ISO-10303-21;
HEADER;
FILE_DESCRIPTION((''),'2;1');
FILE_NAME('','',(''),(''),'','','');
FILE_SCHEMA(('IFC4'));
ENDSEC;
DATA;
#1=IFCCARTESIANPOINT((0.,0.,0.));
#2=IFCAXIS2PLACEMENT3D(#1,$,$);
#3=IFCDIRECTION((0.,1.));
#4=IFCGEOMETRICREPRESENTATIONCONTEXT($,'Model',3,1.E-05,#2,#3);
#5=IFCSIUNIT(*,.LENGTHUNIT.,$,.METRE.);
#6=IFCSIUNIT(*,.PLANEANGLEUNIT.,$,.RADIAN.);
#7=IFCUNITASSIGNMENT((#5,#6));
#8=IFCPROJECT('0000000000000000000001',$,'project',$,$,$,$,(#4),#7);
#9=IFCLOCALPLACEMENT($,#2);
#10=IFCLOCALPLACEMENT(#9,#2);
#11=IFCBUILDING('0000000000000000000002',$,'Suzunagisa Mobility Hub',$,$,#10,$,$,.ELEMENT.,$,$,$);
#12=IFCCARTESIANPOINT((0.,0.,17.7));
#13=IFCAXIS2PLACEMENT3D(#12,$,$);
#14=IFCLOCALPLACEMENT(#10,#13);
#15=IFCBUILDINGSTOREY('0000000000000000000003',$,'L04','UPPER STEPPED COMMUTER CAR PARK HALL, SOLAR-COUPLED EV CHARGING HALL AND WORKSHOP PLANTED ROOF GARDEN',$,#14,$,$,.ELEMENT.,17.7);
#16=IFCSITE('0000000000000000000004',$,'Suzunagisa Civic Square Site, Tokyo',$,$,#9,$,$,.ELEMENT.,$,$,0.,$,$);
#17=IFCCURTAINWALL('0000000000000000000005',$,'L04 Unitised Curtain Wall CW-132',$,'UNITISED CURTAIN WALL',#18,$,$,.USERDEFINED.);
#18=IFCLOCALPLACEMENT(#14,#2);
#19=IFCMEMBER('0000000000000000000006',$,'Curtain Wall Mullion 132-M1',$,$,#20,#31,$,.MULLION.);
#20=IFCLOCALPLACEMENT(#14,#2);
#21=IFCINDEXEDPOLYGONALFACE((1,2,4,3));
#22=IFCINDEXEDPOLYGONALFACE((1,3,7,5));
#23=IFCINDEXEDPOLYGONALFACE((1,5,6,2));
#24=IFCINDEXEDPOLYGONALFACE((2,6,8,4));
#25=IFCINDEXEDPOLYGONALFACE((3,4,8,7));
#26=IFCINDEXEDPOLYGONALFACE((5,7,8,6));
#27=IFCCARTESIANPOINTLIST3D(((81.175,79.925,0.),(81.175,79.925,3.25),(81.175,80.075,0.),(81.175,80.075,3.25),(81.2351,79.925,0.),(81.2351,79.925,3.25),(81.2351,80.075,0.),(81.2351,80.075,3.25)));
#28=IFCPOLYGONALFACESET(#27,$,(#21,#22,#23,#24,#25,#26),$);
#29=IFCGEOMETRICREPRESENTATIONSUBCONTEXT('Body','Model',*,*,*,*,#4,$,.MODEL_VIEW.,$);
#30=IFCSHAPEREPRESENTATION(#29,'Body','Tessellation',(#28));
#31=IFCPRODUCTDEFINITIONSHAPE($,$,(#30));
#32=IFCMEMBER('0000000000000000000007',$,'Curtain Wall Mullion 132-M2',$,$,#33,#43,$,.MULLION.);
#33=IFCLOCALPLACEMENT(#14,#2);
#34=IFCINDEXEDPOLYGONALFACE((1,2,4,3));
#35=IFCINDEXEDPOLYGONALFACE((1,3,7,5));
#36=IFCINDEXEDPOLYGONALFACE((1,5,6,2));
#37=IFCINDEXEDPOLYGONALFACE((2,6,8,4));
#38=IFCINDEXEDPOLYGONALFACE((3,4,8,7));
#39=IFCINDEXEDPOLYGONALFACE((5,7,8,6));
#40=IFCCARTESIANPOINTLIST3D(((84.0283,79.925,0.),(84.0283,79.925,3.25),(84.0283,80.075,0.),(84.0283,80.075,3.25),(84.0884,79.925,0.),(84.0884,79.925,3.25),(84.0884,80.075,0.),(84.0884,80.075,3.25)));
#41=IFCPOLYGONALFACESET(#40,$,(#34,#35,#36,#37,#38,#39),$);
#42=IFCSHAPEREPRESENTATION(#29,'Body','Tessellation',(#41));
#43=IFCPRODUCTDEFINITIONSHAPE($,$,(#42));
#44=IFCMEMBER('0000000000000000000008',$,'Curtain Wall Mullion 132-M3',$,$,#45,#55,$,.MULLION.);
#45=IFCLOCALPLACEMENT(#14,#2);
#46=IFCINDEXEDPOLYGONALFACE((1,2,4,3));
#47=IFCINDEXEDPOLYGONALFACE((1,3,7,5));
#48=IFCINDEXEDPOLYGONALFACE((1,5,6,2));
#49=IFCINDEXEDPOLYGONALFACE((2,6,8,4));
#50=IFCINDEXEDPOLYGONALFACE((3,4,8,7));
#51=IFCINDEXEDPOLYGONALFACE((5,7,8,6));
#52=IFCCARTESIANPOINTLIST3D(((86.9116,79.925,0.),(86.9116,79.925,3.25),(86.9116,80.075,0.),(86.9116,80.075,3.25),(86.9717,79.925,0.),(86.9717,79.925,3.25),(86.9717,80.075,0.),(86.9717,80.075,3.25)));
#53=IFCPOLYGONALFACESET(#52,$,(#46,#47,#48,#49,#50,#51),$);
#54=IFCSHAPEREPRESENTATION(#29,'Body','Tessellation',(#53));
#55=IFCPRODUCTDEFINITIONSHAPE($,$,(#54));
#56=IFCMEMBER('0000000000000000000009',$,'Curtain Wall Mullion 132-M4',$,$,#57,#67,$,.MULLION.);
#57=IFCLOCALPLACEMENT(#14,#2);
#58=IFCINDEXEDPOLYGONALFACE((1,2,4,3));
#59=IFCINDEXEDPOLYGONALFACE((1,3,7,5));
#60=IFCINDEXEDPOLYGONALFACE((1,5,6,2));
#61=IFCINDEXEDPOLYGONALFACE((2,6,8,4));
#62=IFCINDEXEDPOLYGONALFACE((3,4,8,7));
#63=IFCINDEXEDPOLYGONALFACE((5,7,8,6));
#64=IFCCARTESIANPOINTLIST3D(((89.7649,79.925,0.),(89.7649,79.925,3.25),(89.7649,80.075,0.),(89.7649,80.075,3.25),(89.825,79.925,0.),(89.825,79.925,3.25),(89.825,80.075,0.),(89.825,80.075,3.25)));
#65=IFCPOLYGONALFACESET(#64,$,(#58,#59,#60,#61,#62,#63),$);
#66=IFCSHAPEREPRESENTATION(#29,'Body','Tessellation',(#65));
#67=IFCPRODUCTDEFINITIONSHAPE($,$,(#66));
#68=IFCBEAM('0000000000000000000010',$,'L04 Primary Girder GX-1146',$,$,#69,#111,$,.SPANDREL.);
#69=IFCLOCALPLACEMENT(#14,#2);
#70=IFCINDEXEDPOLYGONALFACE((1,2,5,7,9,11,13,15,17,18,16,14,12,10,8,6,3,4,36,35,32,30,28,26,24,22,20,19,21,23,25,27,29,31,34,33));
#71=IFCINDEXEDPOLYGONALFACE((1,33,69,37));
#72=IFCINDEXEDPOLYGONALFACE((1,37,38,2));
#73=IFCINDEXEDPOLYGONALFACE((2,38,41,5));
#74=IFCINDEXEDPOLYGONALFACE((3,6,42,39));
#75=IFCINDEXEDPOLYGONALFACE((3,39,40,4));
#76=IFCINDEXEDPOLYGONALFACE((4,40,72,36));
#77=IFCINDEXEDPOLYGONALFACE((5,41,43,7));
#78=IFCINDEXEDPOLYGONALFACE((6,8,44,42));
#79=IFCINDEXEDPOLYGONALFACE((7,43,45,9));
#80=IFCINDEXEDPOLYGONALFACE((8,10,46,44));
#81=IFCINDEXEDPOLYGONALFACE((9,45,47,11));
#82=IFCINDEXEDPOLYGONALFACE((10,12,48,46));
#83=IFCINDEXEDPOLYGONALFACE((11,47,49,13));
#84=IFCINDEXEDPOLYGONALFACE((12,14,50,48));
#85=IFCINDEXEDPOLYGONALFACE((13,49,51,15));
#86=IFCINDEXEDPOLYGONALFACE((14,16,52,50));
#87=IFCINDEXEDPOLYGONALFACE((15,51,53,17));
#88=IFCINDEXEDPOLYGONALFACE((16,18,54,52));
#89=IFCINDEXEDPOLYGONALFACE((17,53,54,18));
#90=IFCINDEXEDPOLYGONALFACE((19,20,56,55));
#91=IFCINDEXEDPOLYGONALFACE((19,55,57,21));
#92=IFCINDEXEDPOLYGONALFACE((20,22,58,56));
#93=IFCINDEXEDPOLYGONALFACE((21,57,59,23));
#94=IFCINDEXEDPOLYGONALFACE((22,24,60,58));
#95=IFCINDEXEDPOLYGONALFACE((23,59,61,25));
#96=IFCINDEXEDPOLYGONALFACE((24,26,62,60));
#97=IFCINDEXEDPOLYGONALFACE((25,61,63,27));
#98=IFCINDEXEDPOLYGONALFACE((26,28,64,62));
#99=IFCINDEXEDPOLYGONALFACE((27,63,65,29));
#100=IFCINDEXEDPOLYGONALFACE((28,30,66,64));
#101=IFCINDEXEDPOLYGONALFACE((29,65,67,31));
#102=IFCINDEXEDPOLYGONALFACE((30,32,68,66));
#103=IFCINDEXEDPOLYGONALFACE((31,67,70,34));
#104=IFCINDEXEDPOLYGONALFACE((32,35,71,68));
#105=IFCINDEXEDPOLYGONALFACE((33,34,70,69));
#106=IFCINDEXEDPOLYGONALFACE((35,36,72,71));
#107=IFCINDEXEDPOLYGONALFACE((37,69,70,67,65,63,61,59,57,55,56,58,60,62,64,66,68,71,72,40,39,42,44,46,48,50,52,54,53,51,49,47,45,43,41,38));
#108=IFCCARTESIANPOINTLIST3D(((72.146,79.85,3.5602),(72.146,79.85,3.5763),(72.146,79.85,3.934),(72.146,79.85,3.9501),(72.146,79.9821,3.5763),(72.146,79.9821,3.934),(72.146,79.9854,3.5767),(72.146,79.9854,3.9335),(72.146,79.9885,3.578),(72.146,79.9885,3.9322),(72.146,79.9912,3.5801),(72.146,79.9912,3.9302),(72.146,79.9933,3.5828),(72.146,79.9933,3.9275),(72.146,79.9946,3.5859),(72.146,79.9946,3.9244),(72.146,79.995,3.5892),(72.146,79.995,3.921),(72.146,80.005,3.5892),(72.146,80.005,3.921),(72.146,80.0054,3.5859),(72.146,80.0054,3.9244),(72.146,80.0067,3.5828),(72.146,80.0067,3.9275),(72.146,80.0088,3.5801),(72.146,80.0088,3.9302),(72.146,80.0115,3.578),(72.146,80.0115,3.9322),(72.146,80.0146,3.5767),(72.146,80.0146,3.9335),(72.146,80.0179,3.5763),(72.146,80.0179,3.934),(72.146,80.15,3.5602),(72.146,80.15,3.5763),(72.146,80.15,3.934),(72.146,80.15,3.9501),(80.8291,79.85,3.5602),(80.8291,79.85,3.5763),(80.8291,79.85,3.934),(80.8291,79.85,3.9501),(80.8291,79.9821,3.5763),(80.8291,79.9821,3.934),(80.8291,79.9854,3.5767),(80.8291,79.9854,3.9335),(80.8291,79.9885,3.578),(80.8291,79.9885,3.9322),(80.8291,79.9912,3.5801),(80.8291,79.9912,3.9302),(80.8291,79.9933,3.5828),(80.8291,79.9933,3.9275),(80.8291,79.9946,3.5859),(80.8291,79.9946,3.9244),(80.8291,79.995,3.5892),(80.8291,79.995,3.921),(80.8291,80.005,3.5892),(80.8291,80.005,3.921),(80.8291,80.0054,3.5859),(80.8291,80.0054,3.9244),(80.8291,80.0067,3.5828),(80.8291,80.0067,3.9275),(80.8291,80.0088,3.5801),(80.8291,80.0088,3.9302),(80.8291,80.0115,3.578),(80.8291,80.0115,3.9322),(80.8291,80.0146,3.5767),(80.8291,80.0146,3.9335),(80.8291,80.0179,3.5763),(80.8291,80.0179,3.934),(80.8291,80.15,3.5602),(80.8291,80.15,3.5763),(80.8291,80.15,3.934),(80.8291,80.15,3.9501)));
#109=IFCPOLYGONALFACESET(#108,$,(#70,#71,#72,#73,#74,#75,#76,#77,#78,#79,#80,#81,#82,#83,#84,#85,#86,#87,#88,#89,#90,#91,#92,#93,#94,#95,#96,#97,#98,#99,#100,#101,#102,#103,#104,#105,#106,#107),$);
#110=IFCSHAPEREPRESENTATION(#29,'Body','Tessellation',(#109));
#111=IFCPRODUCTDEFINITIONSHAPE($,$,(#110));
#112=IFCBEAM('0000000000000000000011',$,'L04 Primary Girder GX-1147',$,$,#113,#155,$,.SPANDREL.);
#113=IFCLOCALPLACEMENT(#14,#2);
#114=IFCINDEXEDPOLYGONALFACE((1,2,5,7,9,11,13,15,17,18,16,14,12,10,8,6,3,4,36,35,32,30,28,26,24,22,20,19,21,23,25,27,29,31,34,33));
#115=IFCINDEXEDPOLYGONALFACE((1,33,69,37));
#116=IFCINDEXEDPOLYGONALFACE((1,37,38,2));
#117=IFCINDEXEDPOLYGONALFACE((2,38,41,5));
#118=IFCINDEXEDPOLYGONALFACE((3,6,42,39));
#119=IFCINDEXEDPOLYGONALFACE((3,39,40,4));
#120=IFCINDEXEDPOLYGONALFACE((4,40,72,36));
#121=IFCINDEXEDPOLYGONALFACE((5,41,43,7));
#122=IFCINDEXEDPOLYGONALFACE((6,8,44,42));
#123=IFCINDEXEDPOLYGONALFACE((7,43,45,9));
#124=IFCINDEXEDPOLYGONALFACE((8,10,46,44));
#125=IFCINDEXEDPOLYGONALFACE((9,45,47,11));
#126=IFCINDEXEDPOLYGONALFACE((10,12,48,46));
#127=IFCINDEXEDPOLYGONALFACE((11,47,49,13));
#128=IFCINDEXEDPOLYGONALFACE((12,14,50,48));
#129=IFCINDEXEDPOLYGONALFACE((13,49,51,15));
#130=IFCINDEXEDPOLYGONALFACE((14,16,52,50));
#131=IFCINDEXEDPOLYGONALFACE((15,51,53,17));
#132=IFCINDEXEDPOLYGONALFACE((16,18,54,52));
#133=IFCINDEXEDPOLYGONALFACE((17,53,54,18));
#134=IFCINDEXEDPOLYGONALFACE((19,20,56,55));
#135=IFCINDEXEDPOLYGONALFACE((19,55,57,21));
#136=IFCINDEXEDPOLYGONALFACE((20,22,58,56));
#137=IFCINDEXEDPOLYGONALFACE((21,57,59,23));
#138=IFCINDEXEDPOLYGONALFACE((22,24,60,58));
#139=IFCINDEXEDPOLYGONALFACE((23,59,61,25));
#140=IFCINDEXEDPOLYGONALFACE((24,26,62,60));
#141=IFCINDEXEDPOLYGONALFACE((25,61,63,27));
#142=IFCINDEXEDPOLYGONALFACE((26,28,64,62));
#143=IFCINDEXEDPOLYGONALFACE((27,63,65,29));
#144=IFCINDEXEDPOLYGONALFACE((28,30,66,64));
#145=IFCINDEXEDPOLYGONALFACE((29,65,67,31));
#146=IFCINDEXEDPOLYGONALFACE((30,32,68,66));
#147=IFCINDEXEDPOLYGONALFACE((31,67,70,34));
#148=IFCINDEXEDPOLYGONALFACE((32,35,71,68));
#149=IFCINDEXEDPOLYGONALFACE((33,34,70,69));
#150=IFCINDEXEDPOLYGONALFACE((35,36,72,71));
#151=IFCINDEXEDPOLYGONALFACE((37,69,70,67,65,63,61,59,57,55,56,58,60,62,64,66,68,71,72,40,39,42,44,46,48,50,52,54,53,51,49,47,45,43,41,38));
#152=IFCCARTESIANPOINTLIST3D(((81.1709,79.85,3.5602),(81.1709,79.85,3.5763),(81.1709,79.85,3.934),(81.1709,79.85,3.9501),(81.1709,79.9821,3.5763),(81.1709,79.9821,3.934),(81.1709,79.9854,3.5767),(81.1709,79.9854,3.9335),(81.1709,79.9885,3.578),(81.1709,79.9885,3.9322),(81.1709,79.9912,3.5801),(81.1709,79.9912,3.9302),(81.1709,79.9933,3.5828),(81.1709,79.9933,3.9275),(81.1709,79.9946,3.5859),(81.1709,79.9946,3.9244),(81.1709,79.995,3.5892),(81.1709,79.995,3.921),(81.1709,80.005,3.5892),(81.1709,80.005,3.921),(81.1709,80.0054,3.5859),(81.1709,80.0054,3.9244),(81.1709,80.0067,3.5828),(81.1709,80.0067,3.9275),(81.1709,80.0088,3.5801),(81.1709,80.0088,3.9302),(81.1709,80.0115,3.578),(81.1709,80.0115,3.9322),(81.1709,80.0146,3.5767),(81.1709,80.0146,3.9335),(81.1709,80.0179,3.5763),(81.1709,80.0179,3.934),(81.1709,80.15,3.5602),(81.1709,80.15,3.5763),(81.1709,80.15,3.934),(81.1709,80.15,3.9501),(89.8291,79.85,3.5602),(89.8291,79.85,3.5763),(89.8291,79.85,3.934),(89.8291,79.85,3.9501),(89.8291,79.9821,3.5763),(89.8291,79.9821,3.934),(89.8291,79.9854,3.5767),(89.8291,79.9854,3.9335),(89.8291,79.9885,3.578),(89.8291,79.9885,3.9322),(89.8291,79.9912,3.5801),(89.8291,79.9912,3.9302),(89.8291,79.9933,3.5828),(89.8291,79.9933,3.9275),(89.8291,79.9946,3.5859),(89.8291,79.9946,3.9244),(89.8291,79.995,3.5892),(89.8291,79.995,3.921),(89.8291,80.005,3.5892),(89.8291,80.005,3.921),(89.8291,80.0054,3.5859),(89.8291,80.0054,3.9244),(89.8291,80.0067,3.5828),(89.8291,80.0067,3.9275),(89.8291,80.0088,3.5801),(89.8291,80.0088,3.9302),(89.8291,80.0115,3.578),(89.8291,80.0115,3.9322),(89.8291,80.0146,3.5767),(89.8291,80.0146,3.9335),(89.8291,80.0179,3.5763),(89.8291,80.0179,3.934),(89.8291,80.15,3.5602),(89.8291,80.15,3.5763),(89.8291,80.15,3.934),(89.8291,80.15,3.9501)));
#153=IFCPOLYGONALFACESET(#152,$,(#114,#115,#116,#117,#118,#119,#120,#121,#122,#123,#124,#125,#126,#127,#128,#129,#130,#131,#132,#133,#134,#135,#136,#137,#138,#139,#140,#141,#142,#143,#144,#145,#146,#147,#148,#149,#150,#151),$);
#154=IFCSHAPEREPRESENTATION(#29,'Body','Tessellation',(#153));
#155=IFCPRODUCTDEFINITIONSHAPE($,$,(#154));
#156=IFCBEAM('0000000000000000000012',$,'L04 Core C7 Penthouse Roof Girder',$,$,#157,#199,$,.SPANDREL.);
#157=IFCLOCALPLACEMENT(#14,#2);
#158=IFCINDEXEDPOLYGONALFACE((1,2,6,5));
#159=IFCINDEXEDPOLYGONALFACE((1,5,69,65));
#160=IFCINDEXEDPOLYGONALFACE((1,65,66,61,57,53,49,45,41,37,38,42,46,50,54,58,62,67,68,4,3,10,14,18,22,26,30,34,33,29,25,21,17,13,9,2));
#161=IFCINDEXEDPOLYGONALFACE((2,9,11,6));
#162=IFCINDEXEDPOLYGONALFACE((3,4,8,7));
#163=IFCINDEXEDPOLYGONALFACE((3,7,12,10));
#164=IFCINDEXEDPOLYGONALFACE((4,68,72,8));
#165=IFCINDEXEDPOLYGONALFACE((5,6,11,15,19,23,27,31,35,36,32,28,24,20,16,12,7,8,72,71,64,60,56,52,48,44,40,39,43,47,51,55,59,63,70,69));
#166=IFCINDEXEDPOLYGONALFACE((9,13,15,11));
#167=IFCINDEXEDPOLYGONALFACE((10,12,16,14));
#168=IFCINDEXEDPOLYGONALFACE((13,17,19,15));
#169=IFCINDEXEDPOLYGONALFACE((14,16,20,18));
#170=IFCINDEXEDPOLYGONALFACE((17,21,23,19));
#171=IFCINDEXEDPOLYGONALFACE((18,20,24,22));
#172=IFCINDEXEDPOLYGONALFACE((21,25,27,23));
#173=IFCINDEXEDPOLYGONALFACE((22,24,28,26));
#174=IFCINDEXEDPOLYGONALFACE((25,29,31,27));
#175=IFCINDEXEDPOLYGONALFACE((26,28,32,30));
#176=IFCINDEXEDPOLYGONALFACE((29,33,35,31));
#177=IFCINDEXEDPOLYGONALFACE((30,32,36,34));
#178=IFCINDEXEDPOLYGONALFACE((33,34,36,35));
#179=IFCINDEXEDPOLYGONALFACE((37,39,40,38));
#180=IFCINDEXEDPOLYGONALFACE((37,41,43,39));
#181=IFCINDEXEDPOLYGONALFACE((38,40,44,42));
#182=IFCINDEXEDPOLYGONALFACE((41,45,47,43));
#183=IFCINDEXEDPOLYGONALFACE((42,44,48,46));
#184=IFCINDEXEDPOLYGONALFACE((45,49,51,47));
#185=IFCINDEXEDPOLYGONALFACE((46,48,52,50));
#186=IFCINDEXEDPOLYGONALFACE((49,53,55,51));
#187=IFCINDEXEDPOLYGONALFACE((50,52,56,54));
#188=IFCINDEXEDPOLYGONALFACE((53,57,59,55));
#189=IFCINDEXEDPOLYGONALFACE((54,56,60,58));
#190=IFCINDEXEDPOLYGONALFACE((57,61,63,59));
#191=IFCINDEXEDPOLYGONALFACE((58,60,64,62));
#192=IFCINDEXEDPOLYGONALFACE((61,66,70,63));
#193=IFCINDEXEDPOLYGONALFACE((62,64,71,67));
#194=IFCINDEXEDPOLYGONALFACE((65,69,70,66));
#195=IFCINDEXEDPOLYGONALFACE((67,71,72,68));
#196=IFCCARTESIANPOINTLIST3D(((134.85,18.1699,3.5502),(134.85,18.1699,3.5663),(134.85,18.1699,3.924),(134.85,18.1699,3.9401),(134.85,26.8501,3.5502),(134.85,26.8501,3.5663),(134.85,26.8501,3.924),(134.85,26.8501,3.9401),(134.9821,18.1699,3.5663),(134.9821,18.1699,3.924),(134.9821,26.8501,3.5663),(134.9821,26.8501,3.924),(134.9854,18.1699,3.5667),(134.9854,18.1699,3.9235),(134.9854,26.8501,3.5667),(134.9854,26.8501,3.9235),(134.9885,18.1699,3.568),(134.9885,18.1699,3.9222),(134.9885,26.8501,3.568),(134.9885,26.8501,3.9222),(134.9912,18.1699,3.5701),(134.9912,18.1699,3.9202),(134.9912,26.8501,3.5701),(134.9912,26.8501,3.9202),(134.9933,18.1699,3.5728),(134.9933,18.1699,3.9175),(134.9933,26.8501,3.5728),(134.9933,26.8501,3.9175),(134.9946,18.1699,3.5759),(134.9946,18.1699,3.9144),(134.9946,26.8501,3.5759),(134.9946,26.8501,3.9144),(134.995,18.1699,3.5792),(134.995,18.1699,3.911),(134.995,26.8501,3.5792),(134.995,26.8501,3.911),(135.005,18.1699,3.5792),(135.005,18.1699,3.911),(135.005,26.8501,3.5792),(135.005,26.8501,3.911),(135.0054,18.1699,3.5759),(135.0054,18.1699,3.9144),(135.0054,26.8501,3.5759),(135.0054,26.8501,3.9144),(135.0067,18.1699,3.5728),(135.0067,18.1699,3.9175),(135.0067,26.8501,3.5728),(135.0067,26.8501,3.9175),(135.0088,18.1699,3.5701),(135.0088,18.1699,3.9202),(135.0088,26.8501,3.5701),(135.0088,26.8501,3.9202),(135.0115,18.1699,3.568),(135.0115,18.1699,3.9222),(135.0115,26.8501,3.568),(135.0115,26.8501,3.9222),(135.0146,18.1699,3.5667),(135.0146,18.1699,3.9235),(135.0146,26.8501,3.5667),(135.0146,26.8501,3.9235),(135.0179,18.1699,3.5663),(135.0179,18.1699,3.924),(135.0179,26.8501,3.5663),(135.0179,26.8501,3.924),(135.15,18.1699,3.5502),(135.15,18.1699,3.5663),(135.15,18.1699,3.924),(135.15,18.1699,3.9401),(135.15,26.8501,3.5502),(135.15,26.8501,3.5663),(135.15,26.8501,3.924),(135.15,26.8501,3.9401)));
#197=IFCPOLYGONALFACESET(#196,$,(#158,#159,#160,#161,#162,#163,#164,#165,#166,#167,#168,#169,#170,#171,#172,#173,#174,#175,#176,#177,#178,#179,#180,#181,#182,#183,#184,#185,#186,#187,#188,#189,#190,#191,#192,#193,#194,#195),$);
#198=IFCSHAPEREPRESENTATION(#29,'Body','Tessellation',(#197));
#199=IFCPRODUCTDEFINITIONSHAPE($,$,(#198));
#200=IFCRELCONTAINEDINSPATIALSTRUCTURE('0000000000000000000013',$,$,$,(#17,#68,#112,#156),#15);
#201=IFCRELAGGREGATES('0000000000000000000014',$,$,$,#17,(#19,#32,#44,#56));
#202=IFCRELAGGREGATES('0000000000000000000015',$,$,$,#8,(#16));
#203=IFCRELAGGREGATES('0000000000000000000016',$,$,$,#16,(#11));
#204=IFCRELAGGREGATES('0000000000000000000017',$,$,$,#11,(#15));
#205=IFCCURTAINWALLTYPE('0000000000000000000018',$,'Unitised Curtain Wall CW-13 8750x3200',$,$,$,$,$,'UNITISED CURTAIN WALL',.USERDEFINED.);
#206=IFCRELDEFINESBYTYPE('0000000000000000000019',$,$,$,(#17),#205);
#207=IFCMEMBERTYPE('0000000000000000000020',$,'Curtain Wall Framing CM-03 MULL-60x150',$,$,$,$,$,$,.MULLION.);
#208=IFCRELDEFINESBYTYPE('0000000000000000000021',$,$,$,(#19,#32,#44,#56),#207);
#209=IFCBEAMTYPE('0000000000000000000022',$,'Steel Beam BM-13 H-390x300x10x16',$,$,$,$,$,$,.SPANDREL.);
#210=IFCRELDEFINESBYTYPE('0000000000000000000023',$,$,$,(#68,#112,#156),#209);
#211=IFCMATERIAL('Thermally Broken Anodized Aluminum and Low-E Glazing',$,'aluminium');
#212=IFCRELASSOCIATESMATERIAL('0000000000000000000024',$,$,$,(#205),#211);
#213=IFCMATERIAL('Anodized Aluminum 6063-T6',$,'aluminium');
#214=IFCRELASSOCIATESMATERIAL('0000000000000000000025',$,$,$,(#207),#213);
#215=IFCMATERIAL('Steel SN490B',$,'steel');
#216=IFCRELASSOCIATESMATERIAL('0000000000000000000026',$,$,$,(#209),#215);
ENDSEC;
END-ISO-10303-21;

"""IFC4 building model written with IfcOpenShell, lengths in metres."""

from ifc_helpers import new_model, si_unit, direction, frame, origin, origin_2d, place, context, subcontext, project, spatial, rectangle, i_section, extrude, material, material_profile, profile_set, type_object, element, aggregate, save


model = new_model("IFC4")

# Units and contexts
model_context = context("Model", 3, precision=1e-05, world=origin(), true_north=direction((0.0, 1.0)))
body_context = subcontext(model_context, "Body", "Model", "MODEL_VIEW")
ifc_project = project(units=[si_unit("LENGTHUNIT", "METRE"), si_unit("PLANEANGLEUNIT", "RADIAN")], contexts=[model_context])

# Site, building, storey
site_placement = place(None, origin())
site = spatial("IfcSite", under=ifc_project, at=site_placement, Name="Suzunagisa Civic Square Site, Tokyo", CompositionType="ELEMENT", RefElevation=0.0)
building_placement = place(site_placement, origin())
building = spatial("IfcBuilding", under=site, at=building_placement, Name="Suzunagisa Mobility Hub", CompositionType="ELEMENT")
storey_placement = place(building_placement, frame((0.0, 0.0, 17.7)))
storey = spatial("IfcBuildingStorey", under=building, at=storey_placement, Name="L04", Description="UPPER STEPPED COMMUTER CAR PARK HALL, SOLAR-COUPLED EV CHARGING HALL AND WORKSHOP PLANTED ROOF GARDEN", CompositionType="ELEMENT", Elevation=17.7)

# Shared definitions
ifc_material_1 = material(Name="Steel SN490B", Category="steel")

# Curtain wall, members
ifc_material_2 = material(Name="Thermally Broken Anodized Aluminum and Low-E Glazing", Category="aluminium")
curtain_wall_type = type_object("IfcCurtainWallType", Name="Unitised Curtain Wall CW-13 8750x3200", ElementType="UNITISED CURTAIN WALL", PredefinedType="USERDEFINED", material=ifc_material_2)
curtain_wall_placement = place(storey_placement, origin())
curtain_wall = element("IfcCurtainWall", 1, at=curtain_wall_placement, inside=storey, type_object=curtain_wall_type, Name="L04 Unitised Curtain Wall CW-132", ObjectType="UNITISED CURTAIN WALL", PredefinedType="USERDEFINED")
ifc_material_3 = material(Name="Anodized Aluminum 6063-T6", Category="aluminium")
ifc_material_profile_1 = material_profile(ifc_material_3, rectangle(XDim=0.0601, YDim=0.1499, at=origin_2d()), Name="MULL-60x150")
ifc_profile_set_1 = profile_set([ifc_material_profile_1], Name="Anodized Aluminum 6063-T6")
member_type_1 = type_object("IfcMemberType", Name="Curtain Wall Framing CM-03 MULL-60x150", PredefinedType="MULLION", material=ifc_profile_set_1)
member_1_placement = place(storey_placement, frame((81.2051, 80.0, 0.0), z_axis=(0.0, 0.0, 1.0), x_axis=(1.0, 0.0, 0.0)))
member_1 = element("IfcMember", 2, at=member_1_placement, type_object=member_type_1, Name="Curtain Wall Mullion 132-M1", PredefinedType="MULLION", context=body_context, shape_type="SweptSolid", body=[
    extrude(rectangle(XDim=0.0601, YDim=0.1499, at=origin_2d()), origin(), (0.0, 0.0, 1.0), 3.25),
])
member_2_placement = place(storey_placement, frame((84.0583, 80.0, 0.0), z_axis=(0.0, 0.0, 1.0), x_axis=(1.0, 0.0, 0.0)))
member_2 = element("IfcMember", 3, at=member_2_placement, type_object=member_type_1, Name="Curtain Wall Mullion 132-M2", PredefinedType="MULLION", context=body_context, shape_type="SweptSolid", body=[
    extrude(rectangle(XDim=0.0601, YDim=0.1499, at=origin_2d()), origin(), (0.0, 0.0, 1.0), 3.25),
])
member_3_placement = place(storey_placement, frame((86.9417, 80.0, 0.0), z_axis=(0.0, 0.0, 1.0), x_axis=(1.0, 0.0, 0.0)))
member_3 = element("IfcMember", 4, at=member_3_placement, type_object=member_type_1, Name="Curtain Wall Mullion 132-M3", PredefinedType="MULLION", context=body_context, shape_type="SweptSolid", body=[
    extrude(rectangle(XDim=0.0601, YDim=0.1499, at=origin_2d()), origin(), (0.0, 0.0, 1.0), 3.25),
])
member_4_placement = place(storey_placement, frame((89.7949, 80.0, 0.0), z_axis=(0.0, 0.0, 1.0), x_axis=(1.0, 0.0, 0.0)))
member_4 = element("IfcMember", 5, at=member_4_placement, type_object=member_type_1, Name="Curtain Wall Mullion 132-M4", PredefinedType="MULLION", context=body_context, shape_type="SweptSolid", body=[
    extrude(rectangle(XDim=0.0601, YDim=0.1499, at=origin_2d()), origin(), (0.0, 0.0, 1.0), 3.25),
])

# Beams
ifc_material_profile_2 = material_profile(ifc_material_1, i_section(OverallWidth=0.3, OverallDepth=0.3899, WebThickness=0.01, FlangeThickness=0.0161, FilletRadius=0.0129, at=origin_2d()), Name="H-390x300x10x16")
ifc_profile_set_2 = profile_set([ifc_material_profile_2], Name="Steel SN490B")
beam_type = type_object("IfcBeamType", Name="Steel Beam BM-13 H-390x300x10x16", PredefinedType="SPANDREL", material=ifc_profile_set_2)
beam_1_placement = place(storey_placement, frame((72.146, 80.0, 3.7551), z_axis=(1.0, 0.0, 0.0), x_axis=(0.0, 1.0, 0.0)))
element("IfcBeam", 6, at=beam_1_placement, inside=storey, type_object=beam_type, Name="L04 Primary Girder GX-1146", PredefinedType="SPANDREL", context=body_context, shape_type="SweptSolid", body=[
    extrude(i_section(OverallWidth=0.3, OverallDepth=0.3899, WebThickness=0.01, FlangeThickness=0.0161, FilletRadius=0.0129, at=origin_2d()), origin(), (0.0, 0.0, 1.0), 8.6831),
])
beam_2_placement = place(storey_placement, frame((81.1709, 80.0, 3.7551), z_axis=(1.0, 0.0, 0.0), x_axis=(0.0, 1.0, 0.0)))
element("IfcBeam", 7, at=beam_2_placement, inside=storey, type_object=beam_type, Name="L04 Primary Girder GX-1147", PredefinedType="SPANDREL", context=body_context, shape_type="SweptSolid", body=[
    extrude(i_section(OverallWidth=0.3, OverallDepth=0.3899, WebThickness=0.01, FlangeThickness=0.0161, FilletRadius=0.0129, at=origin_2d()), origin(), (0.0, 0.0, 1.0), 8.6582),
])
beam_3_placement = place(storey_placement, frame((135.0, 18.1699, 3.7451), z_axis=(0.0, 1.0, 0.0), x_axis=(-1.0, 0.0, 0.0)))
element("IfcBeam", 8, at=beam_3_placement, inside=storey, type_object=beam_type, Name="L04 Core C7 Penthouse Roof Girder", PredefinedType="SPANDREL", context=body_context, shape_type="SweptSolid", body=[
    extrude(i_section(OverallWidth=0.3, OverallDepth=0.3899, WebThickness=0.01, FlangeThickness=0.0161, FilletRadius=0.0129, at=origin_2d()), origin(), (0.0, 0.0, 1.0), 8.6802),
])

aggregate(curtain_wall, [member_1, member_2, member_3, member_4])

save(model, "model.ifc")
